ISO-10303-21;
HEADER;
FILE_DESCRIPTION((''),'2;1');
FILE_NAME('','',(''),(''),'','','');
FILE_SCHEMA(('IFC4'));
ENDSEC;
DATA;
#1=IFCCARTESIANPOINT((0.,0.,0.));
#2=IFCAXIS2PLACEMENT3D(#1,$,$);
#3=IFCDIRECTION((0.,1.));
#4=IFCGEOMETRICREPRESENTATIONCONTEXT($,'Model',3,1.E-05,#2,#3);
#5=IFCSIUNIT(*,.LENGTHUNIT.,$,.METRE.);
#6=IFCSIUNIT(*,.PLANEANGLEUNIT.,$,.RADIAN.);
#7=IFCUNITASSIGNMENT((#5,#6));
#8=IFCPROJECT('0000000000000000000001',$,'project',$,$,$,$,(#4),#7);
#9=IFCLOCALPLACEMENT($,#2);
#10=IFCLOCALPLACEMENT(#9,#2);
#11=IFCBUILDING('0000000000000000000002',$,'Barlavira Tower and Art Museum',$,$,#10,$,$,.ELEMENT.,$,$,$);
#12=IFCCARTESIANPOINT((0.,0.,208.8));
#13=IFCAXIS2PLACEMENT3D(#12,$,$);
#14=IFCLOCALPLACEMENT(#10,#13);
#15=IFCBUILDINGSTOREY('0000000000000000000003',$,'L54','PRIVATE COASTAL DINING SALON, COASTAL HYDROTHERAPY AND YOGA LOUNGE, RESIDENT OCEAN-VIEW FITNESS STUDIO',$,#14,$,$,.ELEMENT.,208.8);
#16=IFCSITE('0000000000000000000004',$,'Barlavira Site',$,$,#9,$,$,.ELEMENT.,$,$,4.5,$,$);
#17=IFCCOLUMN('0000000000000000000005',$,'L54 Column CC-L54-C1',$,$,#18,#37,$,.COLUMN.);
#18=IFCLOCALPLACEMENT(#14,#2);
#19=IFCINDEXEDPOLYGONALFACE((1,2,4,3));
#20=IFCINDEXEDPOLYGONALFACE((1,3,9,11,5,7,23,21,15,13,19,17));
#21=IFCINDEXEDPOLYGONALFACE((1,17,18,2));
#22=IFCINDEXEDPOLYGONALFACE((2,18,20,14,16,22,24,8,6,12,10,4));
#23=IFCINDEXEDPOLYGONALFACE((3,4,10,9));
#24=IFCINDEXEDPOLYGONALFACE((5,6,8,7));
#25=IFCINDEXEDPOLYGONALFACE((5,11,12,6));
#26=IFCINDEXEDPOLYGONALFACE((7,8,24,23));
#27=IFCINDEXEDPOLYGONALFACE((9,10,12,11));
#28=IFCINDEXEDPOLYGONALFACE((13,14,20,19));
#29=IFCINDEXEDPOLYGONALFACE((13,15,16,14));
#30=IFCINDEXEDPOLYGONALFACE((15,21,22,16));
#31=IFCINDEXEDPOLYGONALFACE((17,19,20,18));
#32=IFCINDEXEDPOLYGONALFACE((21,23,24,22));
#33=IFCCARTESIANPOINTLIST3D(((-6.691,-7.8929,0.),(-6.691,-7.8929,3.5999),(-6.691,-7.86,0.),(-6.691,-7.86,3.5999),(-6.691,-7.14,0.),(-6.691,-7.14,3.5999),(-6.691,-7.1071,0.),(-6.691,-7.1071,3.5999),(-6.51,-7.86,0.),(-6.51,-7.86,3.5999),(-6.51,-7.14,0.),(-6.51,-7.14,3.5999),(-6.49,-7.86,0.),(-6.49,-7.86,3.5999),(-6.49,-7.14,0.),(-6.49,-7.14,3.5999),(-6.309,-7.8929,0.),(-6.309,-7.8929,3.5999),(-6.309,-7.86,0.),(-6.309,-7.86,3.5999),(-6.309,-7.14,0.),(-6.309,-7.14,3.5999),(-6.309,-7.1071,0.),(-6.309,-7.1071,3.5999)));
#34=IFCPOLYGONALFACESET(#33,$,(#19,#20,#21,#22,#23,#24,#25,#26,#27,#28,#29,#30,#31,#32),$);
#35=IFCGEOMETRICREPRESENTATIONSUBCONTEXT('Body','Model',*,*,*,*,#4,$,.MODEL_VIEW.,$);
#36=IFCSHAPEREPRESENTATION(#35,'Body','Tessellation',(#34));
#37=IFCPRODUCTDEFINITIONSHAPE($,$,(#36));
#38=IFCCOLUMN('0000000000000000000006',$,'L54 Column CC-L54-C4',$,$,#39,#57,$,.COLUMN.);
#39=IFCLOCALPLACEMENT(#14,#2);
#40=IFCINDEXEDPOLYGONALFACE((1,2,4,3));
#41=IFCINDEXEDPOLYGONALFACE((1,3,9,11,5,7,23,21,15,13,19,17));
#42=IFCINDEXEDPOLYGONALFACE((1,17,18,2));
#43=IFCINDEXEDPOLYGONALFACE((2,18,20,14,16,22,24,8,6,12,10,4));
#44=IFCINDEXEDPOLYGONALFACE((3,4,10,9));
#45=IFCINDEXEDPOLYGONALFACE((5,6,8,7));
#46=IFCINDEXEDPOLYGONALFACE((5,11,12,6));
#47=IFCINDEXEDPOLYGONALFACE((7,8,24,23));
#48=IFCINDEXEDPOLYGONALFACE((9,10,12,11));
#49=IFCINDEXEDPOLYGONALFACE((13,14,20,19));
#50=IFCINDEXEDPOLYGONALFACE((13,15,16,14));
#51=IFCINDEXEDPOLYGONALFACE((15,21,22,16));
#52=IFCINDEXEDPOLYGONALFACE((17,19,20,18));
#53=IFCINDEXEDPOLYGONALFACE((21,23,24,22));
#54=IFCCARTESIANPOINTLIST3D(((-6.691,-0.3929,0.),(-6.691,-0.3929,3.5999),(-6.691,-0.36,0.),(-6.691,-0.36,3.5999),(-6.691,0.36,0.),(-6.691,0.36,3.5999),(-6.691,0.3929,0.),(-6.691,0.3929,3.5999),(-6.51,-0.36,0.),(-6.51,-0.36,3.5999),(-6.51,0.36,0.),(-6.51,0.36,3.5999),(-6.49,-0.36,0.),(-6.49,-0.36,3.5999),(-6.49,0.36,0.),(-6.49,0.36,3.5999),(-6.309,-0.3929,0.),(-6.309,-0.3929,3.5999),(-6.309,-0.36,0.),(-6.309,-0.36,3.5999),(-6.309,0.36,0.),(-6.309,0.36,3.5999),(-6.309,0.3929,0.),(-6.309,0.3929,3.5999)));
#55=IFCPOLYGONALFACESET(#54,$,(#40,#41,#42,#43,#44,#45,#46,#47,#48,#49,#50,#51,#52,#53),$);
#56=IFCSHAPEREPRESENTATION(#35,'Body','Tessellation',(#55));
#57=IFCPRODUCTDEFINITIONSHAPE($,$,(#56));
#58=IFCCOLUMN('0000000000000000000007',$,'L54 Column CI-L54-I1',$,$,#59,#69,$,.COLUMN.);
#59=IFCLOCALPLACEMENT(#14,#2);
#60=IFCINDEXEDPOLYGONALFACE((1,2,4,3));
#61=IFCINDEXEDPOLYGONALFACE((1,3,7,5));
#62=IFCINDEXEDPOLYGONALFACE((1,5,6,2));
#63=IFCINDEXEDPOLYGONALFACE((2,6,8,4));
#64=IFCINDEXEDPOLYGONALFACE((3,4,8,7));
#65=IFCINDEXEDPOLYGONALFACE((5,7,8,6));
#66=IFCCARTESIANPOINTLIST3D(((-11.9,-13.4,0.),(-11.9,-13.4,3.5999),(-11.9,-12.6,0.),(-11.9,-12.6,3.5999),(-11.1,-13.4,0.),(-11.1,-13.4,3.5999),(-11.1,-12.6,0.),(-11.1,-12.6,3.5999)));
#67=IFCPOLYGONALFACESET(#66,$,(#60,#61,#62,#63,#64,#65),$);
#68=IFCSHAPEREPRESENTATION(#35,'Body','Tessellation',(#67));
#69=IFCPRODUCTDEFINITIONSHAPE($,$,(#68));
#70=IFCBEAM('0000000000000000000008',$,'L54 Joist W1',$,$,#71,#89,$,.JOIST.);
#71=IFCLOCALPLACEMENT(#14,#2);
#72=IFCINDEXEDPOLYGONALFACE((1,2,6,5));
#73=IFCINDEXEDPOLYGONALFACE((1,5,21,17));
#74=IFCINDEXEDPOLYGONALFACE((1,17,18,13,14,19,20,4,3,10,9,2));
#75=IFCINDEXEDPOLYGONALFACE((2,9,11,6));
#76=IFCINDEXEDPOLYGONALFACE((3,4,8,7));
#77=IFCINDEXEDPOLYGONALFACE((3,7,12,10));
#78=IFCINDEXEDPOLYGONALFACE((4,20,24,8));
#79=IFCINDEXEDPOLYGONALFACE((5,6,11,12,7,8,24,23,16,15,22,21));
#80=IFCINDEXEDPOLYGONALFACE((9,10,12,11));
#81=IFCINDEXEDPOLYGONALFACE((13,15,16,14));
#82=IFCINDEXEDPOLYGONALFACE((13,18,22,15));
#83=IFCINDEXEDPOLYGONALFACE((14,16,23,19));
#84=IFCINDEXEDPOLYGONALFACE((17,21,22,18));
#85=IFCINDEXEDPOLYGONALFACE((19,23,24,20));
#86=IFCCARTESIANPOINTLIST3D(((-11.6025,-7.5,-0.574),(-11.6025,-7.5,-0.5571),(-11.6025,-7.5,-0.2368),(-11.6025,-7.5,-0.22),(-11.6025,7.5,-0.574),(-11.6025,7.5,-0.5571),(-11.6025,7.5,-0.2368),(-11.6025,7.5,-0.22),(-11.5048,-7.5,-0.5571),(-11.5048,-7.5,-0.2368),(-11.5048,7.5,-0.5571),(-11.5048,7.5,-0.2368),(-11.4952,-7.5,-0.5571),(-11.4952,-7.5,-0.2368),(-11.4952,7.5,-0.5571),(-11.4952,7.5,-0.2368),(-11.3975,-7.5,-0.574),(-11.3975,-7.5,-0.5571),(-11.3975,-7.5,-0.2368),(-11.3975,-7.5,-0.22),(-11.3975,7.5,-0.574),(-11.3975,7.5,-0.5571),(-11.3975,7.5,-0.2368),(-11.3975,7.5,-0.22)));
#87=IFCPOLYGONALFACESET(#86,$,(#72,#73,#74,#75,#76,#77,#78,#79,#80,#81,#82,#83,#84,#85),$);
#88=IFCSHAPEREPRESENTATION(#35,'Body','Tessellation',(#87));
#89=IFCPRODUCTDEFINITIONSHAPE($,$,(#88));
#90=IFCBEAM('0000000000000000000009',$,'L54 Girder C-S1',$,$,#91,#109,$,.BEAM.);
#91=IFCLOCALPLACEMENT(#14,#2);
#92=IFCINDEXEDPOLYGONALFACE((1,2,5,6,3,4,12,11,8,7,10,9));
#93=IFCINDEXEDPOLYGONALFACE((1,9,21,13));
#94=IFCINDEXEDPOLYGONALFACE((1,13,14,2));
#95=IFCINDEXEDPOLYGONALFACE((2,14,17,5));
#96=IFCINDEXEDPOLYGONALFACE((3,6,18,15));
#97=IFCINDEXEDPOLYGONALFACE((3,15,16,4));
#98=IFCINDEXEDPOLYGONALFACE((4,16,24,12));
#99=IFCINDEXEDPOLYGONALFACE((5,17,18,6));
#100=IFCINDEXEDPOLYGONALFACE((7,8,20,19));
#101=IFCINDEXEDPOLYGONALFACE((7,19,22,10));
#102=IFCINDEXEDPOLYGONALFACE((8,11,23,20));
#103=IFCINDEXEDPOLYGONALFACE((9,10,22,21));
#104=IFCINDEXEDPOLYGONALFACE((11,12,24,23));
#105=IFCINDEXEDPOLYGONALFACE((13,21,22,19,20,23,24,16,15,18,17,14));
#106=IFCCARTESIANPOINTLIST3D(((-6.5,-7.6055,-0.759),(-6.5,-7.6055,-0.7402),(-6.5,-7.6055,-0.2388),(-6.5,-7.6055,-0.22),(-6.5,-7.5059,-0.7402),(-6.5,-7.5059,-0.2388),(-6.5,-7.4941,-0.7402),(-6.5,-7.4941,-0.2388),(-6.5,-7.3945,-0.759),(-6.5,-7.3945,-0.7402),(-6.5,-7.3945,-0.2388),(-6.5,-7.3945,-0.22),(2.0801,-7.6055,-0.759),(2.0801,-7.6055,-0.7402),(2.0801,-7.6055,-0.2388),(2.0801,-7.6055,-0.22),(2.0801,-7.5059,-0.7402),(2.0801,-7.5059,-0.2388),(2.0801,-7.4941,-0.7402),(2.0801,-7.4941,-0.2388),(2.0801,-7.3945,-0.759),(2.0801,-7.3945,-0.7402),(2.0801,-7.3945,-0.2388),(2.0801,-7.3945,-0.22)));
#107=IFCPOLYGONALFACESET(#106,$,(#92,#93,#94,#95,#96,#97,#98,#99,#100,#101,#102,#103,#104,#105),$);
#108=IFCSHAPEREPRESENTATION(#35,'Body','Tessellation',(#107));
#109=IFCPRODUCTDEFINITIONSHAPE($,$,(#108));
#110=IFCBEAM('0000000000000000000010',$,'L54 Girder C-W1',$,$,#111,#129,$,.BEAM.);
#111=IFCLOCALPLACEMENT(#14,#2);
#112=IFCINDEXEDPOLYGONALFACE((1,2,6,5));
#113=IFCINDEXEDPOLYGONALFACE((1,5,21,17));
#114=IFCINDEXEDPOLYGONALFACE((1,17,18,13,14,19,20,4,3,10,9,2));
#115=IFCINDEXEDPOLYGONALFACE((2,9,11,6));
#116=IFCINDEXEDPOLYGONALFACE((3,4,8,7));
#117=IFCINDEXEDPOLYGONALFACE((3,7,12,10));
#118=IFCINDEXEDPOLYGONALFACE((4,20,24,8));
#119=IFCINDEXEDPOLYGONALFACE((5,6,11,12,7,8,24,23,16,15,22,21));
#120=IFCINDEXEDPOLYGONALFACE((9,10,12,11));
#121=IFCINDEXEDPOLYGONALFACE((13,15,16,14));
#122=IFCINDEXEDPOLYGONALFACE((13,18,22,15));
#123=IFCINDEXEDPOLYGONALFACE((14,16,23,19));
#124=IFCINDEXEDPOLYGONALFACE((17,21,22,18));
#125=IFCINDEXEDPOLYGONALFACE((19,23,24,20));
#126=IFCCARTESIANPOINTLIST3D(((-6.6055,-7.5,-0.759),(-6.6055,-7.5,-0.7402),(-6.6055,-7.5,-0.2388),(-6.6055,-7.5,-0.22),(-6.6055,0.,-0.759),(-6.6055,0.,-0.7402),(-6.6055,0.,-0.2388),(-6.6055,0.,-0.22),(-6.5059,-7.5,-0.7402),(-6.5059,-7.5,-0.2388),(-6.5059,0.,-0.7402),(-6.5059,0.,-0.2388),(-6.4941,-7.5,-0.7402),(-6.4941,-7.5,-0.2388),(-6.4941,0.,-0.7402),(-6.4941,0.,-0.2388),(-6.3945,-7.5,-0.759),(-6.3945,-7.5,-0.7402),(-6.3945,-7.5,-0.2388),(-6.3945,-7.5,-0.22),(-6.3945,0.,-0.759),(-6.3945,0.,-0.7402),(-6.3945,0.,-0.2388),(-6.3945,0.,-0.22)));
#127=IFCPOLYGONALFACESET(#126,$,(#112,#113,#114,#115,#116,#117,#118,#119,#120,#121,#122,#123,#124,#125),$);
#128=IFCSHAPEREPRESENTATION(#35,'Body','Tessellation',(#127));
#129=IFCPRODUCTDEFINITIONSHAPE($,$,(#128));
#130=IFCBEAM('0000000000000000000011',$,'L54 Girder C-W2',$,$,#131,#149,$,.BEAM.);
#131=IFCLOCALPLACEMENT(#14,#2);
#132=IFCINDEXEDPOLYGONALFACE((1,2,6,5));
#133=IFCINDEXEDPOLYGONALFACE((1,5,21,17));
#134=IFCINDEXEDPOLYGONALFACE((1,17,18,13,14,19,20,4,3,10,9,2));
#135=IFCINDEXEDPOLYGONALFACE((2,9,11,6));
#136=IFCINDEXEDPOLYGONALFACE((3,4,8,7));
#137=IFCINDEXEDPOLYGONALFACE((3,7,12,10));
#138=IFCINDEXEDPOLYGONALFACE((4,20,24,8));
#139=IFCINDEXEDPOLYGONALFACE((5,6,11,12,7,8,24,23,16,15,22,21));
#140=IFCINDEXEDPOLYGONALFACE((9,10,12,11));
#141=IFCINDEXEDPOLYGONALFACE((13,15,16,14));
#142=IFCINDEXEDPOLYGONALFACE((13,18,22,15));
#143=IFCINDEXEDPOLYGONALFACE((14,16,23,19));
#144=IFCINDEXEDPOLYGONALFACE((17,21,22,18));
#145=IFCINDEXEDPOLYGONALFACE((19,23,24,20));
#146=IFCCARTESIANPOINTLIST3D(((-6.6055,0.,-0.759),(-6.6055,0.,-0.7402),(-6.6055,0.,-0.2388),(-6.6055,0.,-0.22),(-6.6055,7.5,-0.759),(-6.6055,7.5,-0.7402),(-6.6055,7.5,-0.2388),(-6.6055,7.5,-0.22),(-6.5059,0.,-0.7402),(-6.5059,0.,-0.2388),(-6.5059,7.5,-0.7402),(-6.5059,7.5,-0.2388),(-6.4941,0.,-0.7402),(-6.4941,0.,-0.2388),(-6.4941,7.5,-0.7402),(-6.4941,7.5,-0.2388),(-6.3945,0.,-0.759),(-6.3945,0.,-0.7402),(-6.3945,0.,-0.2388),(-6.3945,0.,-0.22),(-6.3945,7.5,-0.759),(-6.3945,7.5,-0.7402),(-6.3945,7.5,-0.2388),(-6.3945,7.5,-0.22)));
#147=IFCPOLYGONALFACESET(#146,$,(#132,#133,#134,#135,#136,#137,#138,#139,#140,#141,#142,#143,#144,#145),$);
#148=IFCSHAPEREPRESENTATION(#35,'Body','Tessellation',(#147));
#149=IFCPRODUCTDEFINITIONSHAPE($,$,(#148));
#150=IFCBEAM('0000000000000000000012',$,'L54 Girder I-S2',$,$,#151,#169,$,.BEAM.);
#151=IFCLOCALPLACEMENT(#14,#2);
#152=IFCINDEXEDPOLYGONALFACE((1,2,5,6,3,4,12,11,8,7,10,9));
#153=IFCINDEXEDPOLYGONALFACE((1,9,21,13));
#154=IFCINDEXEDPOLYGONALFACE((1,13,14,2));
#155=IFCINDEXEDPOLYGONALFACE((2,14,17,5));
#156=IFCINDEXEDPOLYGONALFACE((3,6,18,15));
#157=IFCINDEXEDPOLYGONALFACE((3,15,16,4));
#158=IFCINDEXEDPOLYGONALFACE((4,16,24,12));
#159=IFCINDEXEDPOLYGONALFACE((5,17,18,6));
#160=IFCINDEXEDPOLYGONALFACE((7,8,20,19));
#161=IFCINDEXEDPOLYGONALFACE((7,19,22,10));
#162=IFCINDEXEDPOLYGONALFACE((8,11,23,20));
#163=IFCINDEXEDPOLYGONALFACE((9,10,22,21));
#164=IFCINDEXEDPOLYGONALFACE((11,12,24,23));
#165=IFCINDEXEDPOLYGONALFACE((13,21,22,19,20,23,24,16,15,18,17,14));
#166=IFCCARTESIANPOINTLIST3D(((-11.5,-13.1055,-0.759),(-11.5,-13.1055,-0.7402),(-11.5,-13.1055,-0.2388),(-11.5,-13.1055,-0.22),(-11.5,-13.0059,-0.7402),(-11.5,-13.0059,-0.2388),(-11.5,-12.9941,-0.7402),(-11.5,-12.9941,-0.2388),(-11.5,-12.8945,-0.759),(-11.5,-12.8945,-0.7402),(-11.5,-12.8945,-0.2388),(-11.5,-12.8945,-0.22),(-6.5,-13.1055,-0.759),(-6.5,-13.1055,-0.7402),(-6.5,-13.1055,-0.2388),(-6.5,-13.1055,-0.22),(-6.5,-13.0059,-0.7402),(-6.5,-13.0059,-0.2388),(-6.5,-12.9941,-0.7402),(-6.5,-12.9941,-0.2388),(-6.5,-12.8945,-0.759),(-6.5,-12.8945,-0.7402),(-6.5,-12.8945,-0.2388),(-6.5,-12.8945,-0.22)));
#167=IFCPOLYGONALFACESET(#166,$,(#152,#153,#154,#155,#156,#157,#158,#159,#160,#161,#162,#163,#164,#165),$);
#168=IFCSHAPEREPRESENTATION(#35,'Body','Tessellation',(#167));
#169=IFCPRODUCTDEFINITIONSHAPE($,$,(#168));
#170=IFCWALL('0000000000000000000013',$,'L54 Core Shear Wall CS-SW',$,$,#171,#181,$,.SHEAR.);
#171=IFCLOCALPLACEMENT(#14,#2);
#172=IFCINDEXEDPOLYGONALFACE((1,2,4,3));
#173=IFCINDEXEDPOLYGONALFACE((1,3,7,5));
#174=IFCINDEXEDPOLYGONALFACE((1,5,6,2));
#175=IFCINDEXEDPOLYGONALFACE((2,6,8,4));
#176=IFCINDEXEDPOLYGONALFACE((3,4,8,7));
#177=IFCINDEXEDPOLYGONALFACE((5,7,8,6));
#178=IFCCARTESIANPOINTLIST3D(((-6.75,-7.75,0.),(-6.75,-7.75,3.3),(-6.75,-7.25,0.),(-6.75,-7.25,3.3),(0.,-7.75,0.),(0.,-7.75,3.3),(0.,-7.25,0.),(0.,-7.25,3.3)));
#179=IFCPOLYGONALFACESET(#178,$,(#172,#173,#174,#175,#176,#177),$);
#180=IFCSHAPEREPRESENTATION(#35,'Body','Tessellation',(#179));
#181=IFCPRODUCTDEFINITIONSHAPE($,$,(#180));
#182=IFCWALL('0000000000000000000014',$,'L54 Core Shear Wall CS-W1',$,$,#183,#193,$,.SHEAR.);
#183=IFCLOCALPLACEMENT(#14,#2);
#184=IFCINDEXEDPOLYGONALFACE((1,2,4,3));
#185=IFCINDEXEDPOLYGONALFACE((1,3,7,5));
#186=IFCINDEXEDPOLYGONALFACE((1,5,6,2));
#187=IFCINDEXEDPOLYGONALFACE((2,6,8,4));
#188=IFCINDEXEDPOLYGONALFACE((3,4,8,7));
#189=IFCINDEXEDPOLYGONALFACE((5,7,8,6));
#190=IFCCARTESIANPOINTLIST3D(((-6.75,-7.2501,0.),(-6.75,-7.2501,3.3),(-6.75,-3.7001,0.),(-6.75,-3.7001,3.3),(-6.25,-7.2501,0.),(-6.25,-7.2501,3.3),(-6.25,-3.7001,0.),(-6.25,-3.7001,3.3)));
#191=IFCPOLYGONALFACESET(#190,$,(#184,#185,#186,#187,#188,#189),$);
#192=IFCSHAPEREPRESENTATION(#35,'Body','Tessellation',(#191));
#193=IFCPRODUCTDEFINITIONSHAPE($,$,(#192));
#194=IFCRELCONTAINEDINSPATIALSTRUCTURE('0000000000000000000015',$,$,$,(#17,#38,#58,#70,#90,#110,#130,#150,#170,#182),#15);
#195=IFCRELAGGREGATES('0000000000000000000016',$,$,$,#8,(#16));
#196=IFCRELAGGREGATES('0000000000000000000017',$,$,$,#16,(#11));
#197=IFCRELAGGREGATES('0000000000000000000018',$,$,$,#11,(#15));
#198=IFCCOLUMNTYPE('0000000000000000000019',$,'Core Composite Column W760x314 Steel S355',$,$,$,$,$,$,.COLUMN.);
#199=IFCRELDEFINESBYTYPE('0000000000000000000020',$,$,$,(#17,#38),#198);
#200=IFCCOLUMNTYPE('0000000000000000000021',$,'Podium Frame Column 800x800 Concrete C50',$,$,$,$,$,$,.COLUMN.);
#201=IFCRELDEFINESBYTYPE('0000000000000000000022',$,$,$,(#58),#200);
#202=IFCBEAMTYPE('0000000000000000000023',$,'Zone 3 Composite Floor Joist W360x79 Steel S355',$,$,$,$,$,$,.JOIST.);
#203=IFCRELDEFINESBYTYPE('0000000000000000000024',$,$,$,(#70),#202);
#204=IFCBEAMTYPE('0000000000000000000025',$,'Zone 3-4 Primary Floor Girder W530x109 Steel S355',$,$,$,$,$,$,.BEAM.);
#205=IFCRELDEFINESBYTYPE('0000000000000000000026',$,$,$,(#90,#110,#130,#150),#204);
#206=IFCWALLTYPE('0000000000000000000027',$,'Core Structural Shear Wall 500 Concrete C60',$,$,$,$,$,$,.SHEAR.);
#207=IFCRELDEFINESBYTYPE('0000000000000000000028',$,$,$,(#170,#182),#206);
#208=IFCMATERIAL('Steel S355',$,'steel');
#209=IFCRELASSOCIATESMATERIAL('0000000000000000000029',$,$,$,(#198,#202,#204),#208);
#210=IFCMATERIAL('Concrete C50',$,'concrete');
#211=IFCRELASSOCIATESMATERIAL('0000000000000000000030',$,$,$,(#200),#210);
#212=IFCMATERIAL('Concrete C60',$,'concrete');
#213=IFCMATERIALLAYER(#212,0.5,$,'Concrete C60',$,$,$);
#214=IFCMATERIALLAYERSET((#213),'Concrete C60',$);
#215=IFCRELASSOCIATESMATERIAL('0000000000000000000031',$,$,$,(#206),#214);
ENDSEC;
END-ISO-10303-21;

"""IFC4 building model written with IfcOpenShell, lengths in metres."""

from ifc_helpers import new_model, si_unit, direction, frame, frame_2d, origin, origin_2d, place, context, subcontext, project, spatial, rectangle, i_section, extrude, material, layer, layer_set, material_profile, profile_set, type_object, element, save


model = new_model("IFC4")

# Units and contexts
model_context = context("Model", 3, precision=1e-05, world=origin(), true_north=direction((0.0, 1.0)))
body_context = subcontext(model_context, "Body", "Model", "MODEL_VIEW")
ifc_project = project(units=[si_unit("LENGTHUNIT", "METRE"), si_unit("PLANEANGLEUNIT", "RADIAN")], contexts=[model_context])

# Site, building, storey
site_placement = place(None, origin())
site = spatial("IfcSite", under=ifc_project, at=site_placement, Name="Barlavira Site", CompositionType="ELEMENT", RefElevation=4.5)
building_placement = place(site_placement, origin())
building = spatial("IfcBuilding", under=site, at=building_placement, Name="Barlavira Tower and Art Museum", CompositionType="ELEMENT")
storey_placement = place(building_placement, frame((0.0, 0.0, 208.8)))
storey = spatial("IfcBuildingStorey", under=building, at=storey_placement, Name="L54", Description="PRIVATE COASTAL DINING SALON, COASTAL HYDROTHERAPY AND YOGA LOUNGE, RESIDENT OCEAN-VIEW FITNESS STUDIO", CompositionType="ELEMENT", Elevation=208.8)

# Columns
ifc_material_1 = material(Name="Steel S355", Category="steel")
ifc_material_profile_1 = material_profile(ifc_material_1, i_section(OverallWidth=0.3821, OverallDepth=0.7859, WebThickness=0.02, FlangeThickness=0.033, at=origin_2d()), Name="W760x314.0")
ifc_profile_set_1 = profile_set([ifc_material_profile_1], Name="Steel S355")
column_type_1 = type_object("IfcColumnType", Name="Core Composite Column W760x314 Steel S355", PredefinedType="COLUMN", material=ifc_profile_set_1)
for number, where, z_axis, x_axis, name in (
    (1, (-6.5, -7.5, 0.0), (0.0, 0.0, 1.0), (1.0, 0.0, 0.0), "L54 Column CC-L54-C1"),
    (2, (-6.5, 0.0, 0.0), (0.0, 0.0, 1.0), (1.0, 0.0, 0.0), "L54 Column CC-L54-C4"),
):
    element("IfcColumn", number, at=place(storey_placement, frame(where, z_axis=z_axis, x_axis=x_axis)), inside=storey, type_object=column_type_1, Name=name, PredefinedType="COLUMN", context=body_context, shape_type="SweptSolid", body=[
        extrude(i_section(OverallWidth=0.3821, OverallDepth=0.7859, WebThickness=0.02, FlangeThickness=0.033, at=origin_2d()), origin(), (0.0, 0.0, 1.0), 3.5999),
    ])
ifc_material_2 = material(Name="Concrete C50", Category="concrete")
ifc_material_profile_2 = material_profile(ifc_material_2, rectangle(XDim=0.8, YDim=0.8, at=origin_2d()), Name="RC-COL 800x800")
ifc_profile_set_2 = profile_set([ifc_material_profile_2], Name="Concrete C50")
column_type_2 = type_object("IfcColumnType", Name="Podium Frame Column 800x800 Concrete C50", PredefinedType="COLUMN", material=ifc_profile_set_2)
column_placement = place(storey_placement, frame((-11.5, -13.0, 0.0), z_axis=(0.0, 0.0, 1.0), x_axis=(1.0, 0.0, 0.0)))
element("IfcColumn", 3, at=column_placement, inside=storey, type_object=column_type_2, Name="L54 Column CI-L54-I1", PredefinedType="COLUMN", context=body_context, shape_type="SweptSolid", body=[
    extrude(rectangle(XDim=0.8, YDim=0.8, at=origin_2d()), origin(), (0.0, 0.0, 1.0), 3.5999),
])

# Beams
ifc_material_profile_3 = material_profile(ifc_material_1, i_section(OverallWidth=0.2051, OverallDepth=0.354, WebThickness=0.0095, FlangeThickness=0.0168, at=origin_2d()), Name="W360x79.0")
ifc_profile_set_3 = profile_set([ifc_material_profile_3], Name="Steel S355")
beam_type_1 = type_object("IfcBeamType", Name="Zone 3 Composite Floor Joist W360x79 Steel S355", PredefinedType="JOIST", material=ifc_profile_set_3)
beam_1_placement = place(storey_placement, frame((-11.5, -7.5, -0.397), z_axis=(0.0, 1.0, 0.0), x_axis=(-1.0, 0.0, 0.0)))
element("IfcBeam", 4, at=beam_1_placement, inside=storey, type_object=beam_type_1, Name="L54 Joist W1", PredefinedType="JOIST", context=body_context, shape_type="SweptSolid", body=[
    extrude(i_section(OverallWidth=0.2051, OverallDepth=0.354, WebThickness=0.0095, FlangeThickness=0.0168, at=origin_2d()), origin(), (0.0, 0.0, 1.0), 15.0),
])
ifc_material_profile_4 = material_profile(ifc_material_1, i_section(OverallWidth=0.2109, OverallDepth=0.5391, WebThickness=0.0117, FlangeThickness=0.0188, at=origin_2d()), Name="W530x109.0")
ifc_profile_set_4 = profile_set([ifc_material_profile_4], Name="Steel S355")
beam_type_2 = type_object("IfcBeamType", Name="Zone 3-4 Primary Floor Girder W530x109 Steel S355", PredefinedType="BEAM", material=ifc_profile_set_4)
beam_2_placement = place(storey_placement, frame((-6.5, -7.5, -0.4895), z_axis=(1.0, 0.0, 0.0), x_axis=(0.0, 1.0, 0.0)))
element("IfcBeam", 5, at=beam_2_placement, inside=storey, type_object=beam_type_2, Name="L54 Girder C-S1", PredefinedType="BEAM", context=body_context, shape_type="SweptSolid", body=[
    extrude(i_section(OverallWidth=0.2109, OverallDepth=0.5391, WebThickness=0.0117, FlangeThickness=0.0188, at=origin_2d()), origin(), (0.0, 0.0, 1.0), 8.5801),
])
for number, where, z_axis, x_axis, name in (
    (6, (-6.5, -7.5, -0.4895), (0.0, 1.0, 0.0), (-1.0, 0.0, 0.0), "L54 Girder C-W1"),
    (7, (-6.5, 0.0, -0.4895), (0.0, 1.0, 0.0), (-1.0, 0.0, 0.0), "L54 Girder C-W2"),
):
    element("IfcBeam", number, at=place(storey_placement, frame(where, z_axis=z_axis, x_axis=x_axis)), inside=storey, type_object=beam_type_2, Name=name, PredefinedType="BEAM", context=body_context, shape_type="SweptSolid", body=[
        extrude(i_section(OverallWidth=0.2109, OverallDepth=0.5391, WebThickness=0.0117, FlangeThickness=0.0188, at=origin_2d()), origin(), (0.0, 0.0, 1.0), 7.5),
    ])
beam_3_placement = place(storey_placement, frame((-11.5, -13.0, -0.4895), z_axis=(1.0, 0.0, 0.0), x_axis=(0.0, 1.0, 0.0)))
element("IfcBeam", 8, at=beam_3_placement, inside=storey, type_object=beam_type_2, Name="L54 Girder I-S2", PredefinedType="BEAM", context=body_context, shape_type="SweptSolid", body=[
    extrude(i_section(OverallWidth=0.2109, OverallDepth=0.5391, WebThickness=0.0117, FlangeThickness=0.0188, at=origin_2d()), origin(), (0.0, 0.0, 1.0), 5.0),
])

# Walls
ifc_material_3 = material(Name="Concrete C60", Category="concrete")
ifc_layer_1 = layer(ifc_material_3, 0.5, Name="Concrete C60")
ifc_layer_set_1 = layer_set([ifc_layer_1], Name="Concrete C60")
wall_type_1 = type_object("IfcWallType", Name="Core Structural Shear Wall 500 Concrete C60", PredefinedType="SHEAR", material=ifc_layer_set_1)
wall_1_placement = place(storey_placement, frame((-6.75, -7.5, 0.0), z_axis=(0.0, 0.0, 1.0), x_axis=(1.0, 0.0, 0.0)))
element("IfcWall", 9, at=wall_1_placement, inside=storey, type_object=wall_type_1, Name="L54 Core Shear Wall CS-SW", PredefinedType="SHEAR", context=body_context, shape_type="SweptSolid", body=[
    extrude(rectangle(XDim=6.75, YDim=0.5, at=frame_2d((3.375, 0.0))), origin(), (0.0, 0.0, 1.0), 3.3),
])
wall_2_placement = place(storey_placement, frame((-6.5, -7.25, 0.0), z_axis=(0.0, 0.0, 1.0), x_axis=(0.0, 1.0, 0.0)))
element("IfcWall", 10, at=wall_2_placement, inside=storey, type_object=wall_type_1, Name="L54 Core Shear Wall CS-W1", PredefinedType="SHEAR", context=body_context, shape_type="SweptSolid", body=[
    extrude(rectangle(XDim=3.55, YDim=0.5, at=frame_2d((1.7749, 0.0))), origin(), (0.0, 0.0, 1.0), 3.3),
])

save(model, "model.ifc")
